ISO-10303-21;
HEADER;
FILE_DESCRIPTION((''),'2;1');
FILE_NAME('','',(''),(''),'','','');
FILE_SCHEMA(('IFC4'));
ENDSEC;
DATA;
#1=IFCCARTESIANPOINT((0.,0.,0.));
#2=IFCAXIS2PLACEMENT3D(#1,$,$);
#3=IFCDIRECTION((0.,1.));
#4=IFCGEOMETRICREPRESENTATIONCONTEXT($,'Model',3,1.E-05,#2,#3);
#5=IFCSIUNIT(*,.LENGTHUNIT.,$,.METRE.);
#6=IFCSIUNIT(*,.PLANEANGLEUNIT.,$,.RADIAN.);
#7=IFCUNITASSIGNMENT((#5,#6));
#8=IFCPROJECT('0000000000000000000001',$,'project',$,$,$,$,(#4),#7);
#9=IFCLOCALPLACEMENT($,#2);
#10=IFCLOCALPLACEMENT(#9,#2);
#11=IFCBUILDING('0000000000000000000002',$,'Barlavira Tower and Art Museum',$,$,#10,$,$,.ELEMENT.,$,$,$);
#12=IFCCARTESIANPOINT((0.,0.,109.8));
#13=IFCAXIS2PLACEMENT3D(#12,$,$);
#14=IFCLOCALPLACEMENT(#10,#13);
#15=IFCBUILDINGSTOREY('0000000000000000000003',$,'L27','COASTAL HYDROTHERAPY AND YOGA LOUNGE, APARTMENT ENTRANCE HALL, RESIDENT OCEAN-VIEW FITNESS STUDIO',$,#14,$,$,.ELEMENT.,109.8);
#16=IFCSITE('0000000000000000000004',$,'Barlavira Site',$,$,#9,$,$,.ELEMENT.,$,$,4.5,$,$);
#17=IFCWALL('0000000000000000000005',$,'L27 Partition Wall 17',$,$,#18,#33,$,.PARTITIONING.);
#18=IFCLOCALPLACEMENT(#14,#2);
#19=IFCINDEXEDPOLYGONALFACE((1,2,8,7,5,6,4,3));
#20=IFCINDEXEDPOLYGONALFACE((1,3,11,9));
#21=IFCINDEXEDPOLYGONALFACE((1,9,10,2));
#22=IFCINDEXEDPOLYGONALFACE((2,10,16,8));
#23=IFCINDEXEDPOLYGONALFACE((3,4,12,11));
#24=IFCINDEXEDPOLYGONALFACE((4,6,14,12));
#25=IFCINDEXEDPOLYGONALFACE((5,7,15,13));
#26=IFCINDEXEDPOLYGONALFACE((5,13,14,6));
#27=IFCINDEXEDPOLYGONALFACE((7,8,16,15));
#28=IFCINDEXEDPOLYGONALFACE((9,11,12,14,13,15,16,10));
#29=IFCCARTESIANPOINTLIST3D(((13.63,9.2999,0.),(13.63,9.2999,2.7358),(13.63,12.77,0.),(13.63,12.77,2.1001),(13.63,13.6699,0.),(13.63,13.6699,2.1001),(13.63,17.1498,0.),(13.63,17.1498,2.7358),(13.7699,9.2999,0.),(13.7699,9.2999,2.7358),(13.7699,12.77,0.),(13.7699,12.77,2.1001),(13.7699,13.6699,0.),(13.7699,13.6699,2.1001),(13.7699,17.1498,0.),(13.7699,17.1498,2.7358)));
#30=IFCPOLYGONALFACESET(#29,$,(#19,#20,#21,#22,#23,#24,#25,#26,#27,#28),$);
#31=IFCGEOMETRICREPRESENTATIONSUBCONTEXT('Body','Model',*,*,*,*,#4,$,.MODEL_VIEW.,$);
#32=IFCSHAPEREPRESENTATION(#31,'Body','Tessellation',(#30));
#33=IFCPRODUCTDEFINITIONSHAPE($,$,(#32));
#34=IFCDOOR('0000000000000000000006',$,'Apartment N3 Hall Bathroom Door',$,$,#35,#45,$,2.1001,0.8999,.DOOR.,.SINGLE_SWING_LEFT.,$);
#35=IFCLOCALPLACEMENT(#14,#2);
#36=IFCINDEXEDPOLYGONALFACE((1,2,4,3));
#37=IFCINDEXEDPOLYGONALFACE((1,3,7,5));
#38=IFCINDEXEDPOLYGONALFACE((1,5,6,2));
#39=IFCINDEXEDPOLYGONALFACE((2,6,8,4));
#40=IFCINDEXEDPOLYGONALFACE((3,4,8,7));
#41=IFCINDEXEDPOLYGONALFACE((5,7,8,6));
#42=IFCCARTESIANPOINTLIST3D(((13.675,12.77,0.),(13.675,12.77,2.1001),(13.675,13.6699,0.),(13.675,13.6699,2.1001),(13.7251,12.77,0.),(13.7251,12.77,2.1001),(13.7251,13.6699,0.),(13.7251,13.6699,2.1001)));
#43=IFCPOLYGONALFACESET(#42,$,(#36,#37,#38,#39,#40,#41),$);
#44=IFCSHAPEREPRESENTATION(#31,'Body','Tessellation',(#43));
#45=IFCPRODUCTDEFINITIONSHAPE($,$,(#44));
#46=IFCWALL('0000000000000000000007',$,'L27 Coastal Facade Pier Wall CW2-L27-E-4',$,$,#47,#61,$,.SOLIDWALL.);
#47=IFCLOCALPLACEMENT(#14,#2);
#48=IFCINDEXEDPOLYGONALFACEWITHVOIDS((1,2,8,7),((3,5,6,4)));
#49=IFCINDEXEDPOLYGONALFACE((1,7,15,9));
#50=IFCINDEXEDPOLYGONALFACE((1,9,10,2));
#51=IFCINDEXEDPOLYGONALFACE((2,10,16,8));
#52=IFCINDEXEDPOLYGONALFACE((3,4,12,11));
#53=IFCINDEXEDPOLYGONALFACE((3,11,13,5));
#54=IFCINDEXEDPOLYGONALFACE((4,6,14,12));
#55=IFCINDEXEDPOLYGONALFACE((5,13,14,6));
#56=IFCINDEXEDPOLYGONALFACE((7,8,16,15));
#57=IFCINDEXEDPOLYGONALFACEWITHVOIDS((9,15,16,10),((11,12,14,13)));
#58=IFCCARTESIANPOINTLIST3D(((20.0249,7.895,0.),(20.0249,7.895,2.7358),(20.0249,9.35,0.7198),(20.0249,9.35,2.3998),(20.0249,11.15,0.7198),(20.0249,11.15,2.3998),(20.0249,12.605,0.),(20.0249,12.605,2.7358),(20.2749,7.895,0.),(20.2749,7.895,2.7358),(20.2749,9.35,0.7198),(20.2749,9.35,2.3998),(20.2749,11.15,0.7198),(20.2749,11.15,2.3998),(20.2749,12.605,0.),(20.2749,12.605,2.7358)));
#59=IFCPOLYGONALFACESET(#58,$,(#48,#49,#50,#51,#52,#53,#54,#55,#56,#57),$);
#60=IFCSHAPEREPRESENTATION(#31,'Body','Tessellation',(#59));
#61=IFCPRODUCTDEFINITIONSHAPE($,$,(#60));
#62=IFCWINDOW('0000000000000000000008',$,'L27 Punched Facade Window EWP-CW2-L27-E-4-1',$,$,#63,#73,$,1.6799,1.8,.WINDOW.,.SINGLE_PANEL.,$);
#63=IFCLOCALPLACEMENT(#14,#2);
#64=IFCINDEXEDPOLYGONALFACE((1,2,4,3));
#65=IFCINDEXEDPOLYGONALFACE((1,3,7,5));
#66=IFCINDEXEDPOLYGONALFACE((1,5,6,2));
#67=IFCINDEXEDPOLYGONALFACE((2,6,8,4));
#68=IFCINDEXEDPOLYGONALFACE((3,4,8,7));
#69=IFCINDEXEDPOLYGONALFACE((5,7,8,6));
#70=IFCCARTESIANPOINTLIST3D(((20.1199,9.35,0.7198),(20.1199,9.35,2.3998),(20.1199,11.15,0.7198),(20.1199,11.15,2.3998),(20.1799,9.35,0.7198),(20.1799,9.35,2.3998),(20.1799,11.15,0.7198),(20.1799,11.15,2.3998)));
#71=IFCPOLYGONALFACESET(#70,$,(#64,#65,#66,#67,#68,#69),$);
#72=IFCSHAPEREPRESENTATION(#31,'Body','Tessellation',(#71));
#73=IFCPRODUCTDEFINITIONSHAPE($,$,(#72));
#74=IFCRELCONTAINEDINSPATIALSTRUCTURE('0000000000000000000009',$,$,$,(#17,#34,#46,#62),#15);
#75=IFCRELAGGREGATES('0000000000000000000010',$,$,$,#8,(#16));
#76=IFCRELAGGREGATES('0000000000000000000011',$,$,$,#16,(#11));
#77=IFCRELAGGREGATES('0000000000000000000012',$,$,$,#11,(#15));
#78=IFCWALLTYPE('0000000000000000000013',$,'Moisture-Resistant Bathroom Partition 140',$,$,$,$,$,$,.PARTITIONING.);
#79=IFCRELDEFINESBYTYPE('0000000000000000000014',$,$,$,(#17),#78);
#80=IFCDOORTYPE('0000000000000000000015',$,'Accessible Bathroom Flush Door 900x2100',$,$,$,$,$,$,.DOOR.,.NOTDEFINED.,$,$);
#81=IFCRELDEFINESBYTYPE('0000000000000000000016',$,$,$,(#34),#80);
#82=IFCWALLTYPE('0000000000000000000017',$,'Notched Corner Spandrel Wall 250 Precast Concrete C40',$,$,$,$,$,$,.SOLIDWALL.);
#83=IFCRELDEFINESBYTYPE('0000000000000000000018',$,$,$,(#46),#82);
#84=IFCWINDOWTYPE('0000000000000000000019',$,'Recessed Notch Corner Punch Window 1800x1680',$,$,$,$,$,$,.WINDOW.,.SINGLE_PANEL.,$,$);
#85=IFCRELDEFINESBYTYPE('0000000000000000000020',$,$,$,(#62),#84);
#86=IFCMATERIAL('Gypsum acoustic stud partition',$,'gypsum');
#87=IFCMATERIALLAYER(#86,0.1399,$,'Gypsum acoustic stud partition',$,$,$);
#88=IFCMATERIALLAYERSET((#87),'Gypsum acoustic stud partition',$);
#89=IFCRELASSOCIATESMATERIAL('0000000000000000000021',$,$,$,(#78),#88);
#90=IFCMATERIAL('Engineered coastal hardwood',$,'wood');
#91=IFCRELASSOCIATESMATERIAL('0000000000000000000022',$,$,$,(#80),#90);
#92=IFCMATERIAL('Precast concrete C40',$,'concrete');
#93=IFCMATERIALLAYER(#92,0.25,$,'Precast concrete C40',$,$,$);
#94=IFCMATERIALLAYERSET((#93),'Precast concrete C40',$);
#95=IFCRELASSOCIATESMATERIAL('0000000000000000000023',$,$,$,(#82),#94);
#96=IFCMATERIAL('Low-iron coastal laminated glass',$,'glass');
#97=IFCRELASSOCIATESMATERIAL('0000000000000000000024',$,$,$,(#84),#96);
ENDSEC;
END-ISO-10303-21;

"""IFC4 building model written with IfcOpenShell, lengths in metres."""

from ifc_helpers import new_model, si_unit, direction, frame, frame_2d, origin, place, context, subcontext, project, spatial, rectangle, extrude, material, layer, layer_set, type_object, element, fill, save


model = new_model("IFC4")

# Units and contexts
model_context = context("Model", 3, precision=1e-05, world=origin(), true_north=direction((0.0, 1.0)))
body_context = subcontext(model_context, "Body", "Model", "MODEL_VIEW")
ifc_project = project(units=[si_unit("LENGTHUNIT", "METRE"), si_unit("PLANEANGLEUNIT", "RADIAN")], contexts=[model_context])

# Site, building, storey
site_placement = place(None, origin())
site = spatial("IfcSite", under=ifc_project, at=site_placement, Name="Barlavira Site", CompositionType="ELEMENT", RefElevation=4.5)
building_placement = place(site_placement, origin())
building = spatial("IfcBuilding", under=site, at=building_placement, Name="Barlavira Tower and Art Museum", CompositionType="ELEMENT")
storey_placement = place(building_placement, frame((0.0, 0.0, 109.8)))
storey = spatial("IfcBuildingStorey", under=building, at=storey_placement, Name="L27", Description="COASTAL HYDROTHERAPY AND YOGA LOUNGE, APARTMENT ENTRANCE HALL, RESIDENT OCEAN-VIEW FITNESS STUDIO", CompositionType="ELEMENT", Elevation=109.8)

# Shared definitions
ifc_material_1 = material(Name="Low-iron coastal laminated glass", Category="glass")

# Shared definitions
ifc_material_2 = material(Name="Gypsum acoustic stud partition", Category="gypsum")
ifc_material_3 = material(Name="Engineered coastal hardwood", Category="wood")

# Wall, opening, door
ifc_layer_1 = layer(ifc_material_2, 0.1399, Name="Gypsum acoustic stud partition")
ifc_layer_set_1 = layer_set([ifc_layer_1], Name="Gypsum acoustic stud partition")
wall_type_1 = type_object("IfcWallType", Name="Moisture-Resistant Bathroom Partition 140", PredefinedType="PARTITIONING", material=ifc_layer_set_1)
wall_1_placement = place(storey_placement, frame((13.7, 9.3, 0.0), z_axis=(0.0, 0.0, 1.0), x_axis=(0.0, 1.0, 0.0)))
wall_1 = element("IfcWall", 1, at=wall_1_placement, inside=storey, type_object=wall_type_1, Name="L27 Partition Wall 17", PredefinedType="PARTITIONING", context=body_context, shape_type="SweptSolid", body=[
    extrude(rectangle(XDim=7.8499, YDim=0.1399, at=frame_2d((3.9248, 0.0))), origin(), (0.0, 0.0, 1.0), 2.7358),
])
opening_1_placement = place(wall_1_placement, frame((3.47, 0.0, 0.0)))
opening_1 = element("IfcOpeningElement", 2, at=opening_1_placement, cuts=wall_1, PredefinedType="OPENING", context=body_context, shape_type="SweptSolid", body=[
    extrude(rectangle(XDim=0.8999, YDim=2.1001, at=frame_2d((0.45, 1.05))), frame((0.0, 0.0801, 0.0), z_axis=(0.0, -1.0, 0.0), x_axis=(1.0, 0.0, 0.0)), (0.0, 0.0, 1.0), 0.1599),
])
door_type_1 = type_object("IfcDoorType", Name="Accessible Bathroom Flush Door 900x2100", OperationType="NOTDEFINED", PredefinedType="DOOR", material=ifc_material_3)
door_1_placement = place(opening_1_placement, origin())
door_1 = element("IfcDoor", 3, at=door_1_placement, inside=storey, type_object=door_type_1, Name="Apartment N3 Hall Bathroom Door", OperationType="SINGLE_SWING_LEFT", OverallHeight=2.1001, OverallWidth=0.8999, PredefinedType="DOOR", context=body_context, shape_type="SweptSolid", body=[
    extrude(rectangle(XDim=0.8999, YDim=2.1001, at=frame_2d((0.45, 1.05))), frame((0.0, 0.0249, 0.0), z_axis=(0.0, -1.0, 0.0), x_axis=(1.0, 0.0, 0.0)), (0.0, 0.0, 1.0), 0.05),
])
fill(opening_1, door_1)

# Wall, opening, window
ifc_material_4 = material(Name="Precast concrete C40", Category="concrete")
ifc_layer_2 = layer(ifc_material_4, 0.25, Name="Precast concrete C40")
ifc_layer_set_2 = layer_set([ifc_layer_2], Name="Precast concrete C40")
wall_type_2 = type_object("IfcWallType", Name="Notched Corner Spandrel Wall 250 Precast Concrete C40", PredefinedType="SOLIDWALL", material=ifc_layer_set_2)
wall_2_placement = place(storey_placement, frame((20.1499, 7.895, 0.0), z_axis=(0.0, 0.0, 1.0), x_axis=(0.0, 1.0, 0.0)))
wall_2 = element("IfcWall", 4, at=wall_2_placement, inside=storey, type_object=wall_type_2, Name="L27 Coastal Facade Pier Wall CW2-L27-E-4", PredefinedType="SOLIDWALL", context=body_context, shape_type="SweptSolid", body=[
    extrude(rectangle(XDim=4.71, YDim=0.25, at=frame_2d((2.355, 0.0))), origin(), (0.0, 0.0, 1.0), 2.7358),
])
opening_2_placement = place(wall_2_placement, frame((1.4551, 0.0, 0.72)))
opening_2 = element("IfcOpeningElement", 5, at=opening_2_placement, cuts=wall_2, PredefinedType="OPENING", context=body_context, shape_type="SweptSolid", body=[
    extrude(rectangle(XDim=1.8, YDim=1.6799, at=frame_2d((0.8999, 0.8398))), frame((0.0, 0.135, 0.0), z_axis=(0.0, -1.0, 0.0), x_axis=(1.0, 0.0, 0.0)), (0.0, 0.0, 1.0), 0.27),
])
window_type = type_object("IfcWindowType", Name="Recessed Notch Corner Punch Window 1800x1680", PartitioningType="SINGLE_PANEL", PredefinedType="WINDOW", material=ifc_material_1)
window_placement = place(opening_2_placement, origin())
window = element("IfcWindow", 6, at=window_placement, inside=storey, type_object=window_type, Name="L27 Punched Facade Window EWP-CW2-L27-E-4-1", OverallHeight=1.6799, OverallWidth=1.8, PartitioningType="SINGLE_PANEL", PredefinedType="WINDOW", context=body_context, shape_type="SweptSolid", body=[
    extrude(rectangle(XDim=1.8, YDim=1.6799, at=frame_2d((0.8999, 0.8398))), frame((0.0, 0.03, 0.0), z_axis=(0.0, -1.0, 0.0), x_axis=(1.0, 0.0, 0.0)), (0.0, 0.0, 1.0), 0.0601),
])
fill(opening_2, window)

save(model, "model.ifc")
